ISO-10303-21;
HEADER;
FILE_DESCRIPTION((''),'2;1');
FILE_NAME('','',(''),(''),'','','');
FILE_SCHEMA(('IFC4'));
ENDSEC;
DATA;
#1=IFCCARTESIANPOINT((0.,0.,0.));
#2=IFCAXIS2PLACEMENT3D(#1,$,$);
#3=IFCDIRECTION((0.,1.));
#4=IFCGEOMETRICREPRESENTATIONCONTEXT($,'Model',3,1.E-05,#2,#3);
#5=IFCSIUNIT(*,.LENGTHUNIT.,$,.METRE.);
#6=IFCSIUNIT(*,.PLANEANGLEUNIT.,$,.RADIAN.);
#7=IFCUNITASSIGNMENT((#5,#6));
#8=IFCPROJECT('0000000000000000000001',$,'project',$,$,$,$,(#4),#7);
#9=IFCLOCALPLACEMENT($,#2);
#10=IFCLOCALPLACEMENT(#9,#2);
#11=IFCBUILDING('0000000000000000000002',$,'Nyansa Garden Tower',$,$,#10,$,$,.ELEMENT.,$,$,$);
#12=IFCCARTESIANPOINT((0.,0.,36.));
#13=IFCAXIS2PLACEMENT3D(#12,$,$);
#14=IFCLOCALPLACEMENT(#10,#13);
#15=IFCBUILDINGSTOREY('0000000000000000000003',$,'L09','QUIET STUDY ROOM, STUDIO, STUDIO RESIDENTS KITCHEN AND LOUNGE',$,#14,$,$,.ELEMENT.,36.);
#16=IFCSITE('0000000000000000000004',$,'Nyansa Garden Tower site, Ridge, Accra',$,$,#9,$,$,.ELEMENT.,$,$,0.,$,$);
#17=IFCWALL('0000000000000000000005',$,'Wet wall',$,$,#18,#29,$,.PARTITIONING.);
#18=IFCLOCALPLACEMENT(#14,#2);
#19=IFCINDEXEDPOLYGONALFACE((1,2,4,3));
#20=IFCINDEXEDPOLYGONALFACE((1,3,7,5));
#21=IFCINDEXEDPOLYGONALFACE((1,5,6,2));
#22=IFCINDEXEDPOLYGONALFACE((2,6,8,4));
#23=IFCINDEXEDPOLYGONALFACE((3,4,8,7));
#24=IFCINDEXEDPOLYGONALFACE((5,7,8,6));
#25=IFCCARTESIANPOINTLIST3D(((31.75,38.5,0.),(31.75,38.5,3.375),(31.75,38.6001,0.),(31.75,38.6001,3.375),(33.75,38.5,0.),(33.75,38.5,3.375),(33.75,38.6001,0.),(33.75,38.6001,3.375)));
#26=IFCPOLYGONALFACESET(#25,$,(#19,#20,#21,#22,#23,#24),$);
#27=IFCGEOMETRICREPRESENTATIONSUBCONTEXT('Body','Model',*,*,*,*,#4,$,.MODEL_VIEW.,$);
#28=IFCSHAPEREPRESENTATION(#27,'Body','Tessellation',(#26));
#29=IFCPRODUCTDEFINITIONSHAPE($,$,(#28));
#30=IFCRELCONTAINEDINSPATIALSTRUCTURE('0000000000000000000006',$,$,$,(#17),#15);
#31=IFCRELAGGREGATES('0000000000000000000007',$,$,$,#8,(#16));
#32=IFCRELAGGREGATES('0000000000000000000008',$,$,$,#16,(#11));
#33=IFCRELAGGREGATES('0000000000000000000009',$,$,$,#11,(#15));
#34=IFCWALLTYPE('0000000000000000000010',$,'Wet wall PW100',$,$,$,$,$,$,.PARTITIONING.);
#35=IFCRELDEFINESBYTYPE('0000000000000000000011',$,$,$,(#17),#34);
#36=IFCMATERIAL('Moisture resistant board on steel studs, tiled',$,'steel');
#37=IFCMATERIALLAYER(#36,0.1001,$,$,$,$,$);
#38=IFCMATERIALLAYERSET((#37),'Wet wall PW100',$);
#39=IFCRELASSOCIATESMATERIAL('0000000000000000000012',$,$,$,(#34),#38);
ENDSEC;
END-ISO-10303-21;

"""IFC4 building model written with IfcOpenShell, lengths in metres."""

from ifc_helpers import new_model, si_unit, direction, frame, frame_2d, origin, place, context, subcontext, project, spatial, rectangle, extrude, material, layer, layer_set, type_object, element, save


model = new_model("IFC4")

# Units and contexts
model_context = context("Model", 3, precision=1e-05, world=origin(), true_north=direction((0.0, 1.0)))
body_context = subcontext(model_context, "Body", "Model", "MODEL_VIEW")
ifc_project = project(units=[si_unit("LENGTHUNIT", "METRE"), si_unit("PLANEANGLEUNIT", "RADIAN")], contexts=[model_context])

# Site, building, storey
site_placement = place(None, origin())
site = spatial("IfcSite", under=ifc_project, at=site_placement, Name="Nyansa Garden Tower site, Ridge, Accra", CompositionType="ELEMENT", RefElevation=0.0)
building_placement = place(site_placement, origin())
building = spatial("IfcBuilding", under=site, at=building_placement, Name="Nyansa Garden Tower", CompositionType="ELEMENT")
storey_placement = place(building_placement, frame((0.0, 0.0, 36.0)))
storey = spatial("IfcBuildingStorey", under=building, at=storey_placement, Name="L09", Description="QUIET STUDY ROOM, STUDIO, STUDIO RESIDENTS KITCHEN AND LOUNGE", CompositionType="ELEMENT", Elevation=36.0)

# Shared definitions
ifc_material_1 = material(Name="Moisture resistant board on steel studs, tiled", Category="steel")
ifc_layer_1 = layer(ifc_material_1, 0.1001)
ifc_layer_set_1 = layer_set([ifc_layer_1], Name="Wet wall PW100")
wall_type_1 = type_object("IfcWallType", Name="Wet wall PW100", PredefinedType="PARTITIONING", material=ifc_layer_set_1)

# Wall
wall_1_placement = place(storey_placement, frame((31.75, 38.55, 0.0), z_axis=(0.0, 0.0, 1.0), x_axis=(1.0, 0.0, 0.0)))
element("IfcWall", 1, at=wall_1_placement, inside=storey, type_object=wall_type_1, Name="Wet wall", PredefinedType="PARTITIONING", context=body_context, shape_type="SweptSolid", body=[
    extrude(rectangle(XDim=2.0, YDim=0.1001, at=frame_2d((1.0, 0.0))), origin(), (0.0, 0.0, 1.0), 3.375),
])

save(model, "model.ifc")
